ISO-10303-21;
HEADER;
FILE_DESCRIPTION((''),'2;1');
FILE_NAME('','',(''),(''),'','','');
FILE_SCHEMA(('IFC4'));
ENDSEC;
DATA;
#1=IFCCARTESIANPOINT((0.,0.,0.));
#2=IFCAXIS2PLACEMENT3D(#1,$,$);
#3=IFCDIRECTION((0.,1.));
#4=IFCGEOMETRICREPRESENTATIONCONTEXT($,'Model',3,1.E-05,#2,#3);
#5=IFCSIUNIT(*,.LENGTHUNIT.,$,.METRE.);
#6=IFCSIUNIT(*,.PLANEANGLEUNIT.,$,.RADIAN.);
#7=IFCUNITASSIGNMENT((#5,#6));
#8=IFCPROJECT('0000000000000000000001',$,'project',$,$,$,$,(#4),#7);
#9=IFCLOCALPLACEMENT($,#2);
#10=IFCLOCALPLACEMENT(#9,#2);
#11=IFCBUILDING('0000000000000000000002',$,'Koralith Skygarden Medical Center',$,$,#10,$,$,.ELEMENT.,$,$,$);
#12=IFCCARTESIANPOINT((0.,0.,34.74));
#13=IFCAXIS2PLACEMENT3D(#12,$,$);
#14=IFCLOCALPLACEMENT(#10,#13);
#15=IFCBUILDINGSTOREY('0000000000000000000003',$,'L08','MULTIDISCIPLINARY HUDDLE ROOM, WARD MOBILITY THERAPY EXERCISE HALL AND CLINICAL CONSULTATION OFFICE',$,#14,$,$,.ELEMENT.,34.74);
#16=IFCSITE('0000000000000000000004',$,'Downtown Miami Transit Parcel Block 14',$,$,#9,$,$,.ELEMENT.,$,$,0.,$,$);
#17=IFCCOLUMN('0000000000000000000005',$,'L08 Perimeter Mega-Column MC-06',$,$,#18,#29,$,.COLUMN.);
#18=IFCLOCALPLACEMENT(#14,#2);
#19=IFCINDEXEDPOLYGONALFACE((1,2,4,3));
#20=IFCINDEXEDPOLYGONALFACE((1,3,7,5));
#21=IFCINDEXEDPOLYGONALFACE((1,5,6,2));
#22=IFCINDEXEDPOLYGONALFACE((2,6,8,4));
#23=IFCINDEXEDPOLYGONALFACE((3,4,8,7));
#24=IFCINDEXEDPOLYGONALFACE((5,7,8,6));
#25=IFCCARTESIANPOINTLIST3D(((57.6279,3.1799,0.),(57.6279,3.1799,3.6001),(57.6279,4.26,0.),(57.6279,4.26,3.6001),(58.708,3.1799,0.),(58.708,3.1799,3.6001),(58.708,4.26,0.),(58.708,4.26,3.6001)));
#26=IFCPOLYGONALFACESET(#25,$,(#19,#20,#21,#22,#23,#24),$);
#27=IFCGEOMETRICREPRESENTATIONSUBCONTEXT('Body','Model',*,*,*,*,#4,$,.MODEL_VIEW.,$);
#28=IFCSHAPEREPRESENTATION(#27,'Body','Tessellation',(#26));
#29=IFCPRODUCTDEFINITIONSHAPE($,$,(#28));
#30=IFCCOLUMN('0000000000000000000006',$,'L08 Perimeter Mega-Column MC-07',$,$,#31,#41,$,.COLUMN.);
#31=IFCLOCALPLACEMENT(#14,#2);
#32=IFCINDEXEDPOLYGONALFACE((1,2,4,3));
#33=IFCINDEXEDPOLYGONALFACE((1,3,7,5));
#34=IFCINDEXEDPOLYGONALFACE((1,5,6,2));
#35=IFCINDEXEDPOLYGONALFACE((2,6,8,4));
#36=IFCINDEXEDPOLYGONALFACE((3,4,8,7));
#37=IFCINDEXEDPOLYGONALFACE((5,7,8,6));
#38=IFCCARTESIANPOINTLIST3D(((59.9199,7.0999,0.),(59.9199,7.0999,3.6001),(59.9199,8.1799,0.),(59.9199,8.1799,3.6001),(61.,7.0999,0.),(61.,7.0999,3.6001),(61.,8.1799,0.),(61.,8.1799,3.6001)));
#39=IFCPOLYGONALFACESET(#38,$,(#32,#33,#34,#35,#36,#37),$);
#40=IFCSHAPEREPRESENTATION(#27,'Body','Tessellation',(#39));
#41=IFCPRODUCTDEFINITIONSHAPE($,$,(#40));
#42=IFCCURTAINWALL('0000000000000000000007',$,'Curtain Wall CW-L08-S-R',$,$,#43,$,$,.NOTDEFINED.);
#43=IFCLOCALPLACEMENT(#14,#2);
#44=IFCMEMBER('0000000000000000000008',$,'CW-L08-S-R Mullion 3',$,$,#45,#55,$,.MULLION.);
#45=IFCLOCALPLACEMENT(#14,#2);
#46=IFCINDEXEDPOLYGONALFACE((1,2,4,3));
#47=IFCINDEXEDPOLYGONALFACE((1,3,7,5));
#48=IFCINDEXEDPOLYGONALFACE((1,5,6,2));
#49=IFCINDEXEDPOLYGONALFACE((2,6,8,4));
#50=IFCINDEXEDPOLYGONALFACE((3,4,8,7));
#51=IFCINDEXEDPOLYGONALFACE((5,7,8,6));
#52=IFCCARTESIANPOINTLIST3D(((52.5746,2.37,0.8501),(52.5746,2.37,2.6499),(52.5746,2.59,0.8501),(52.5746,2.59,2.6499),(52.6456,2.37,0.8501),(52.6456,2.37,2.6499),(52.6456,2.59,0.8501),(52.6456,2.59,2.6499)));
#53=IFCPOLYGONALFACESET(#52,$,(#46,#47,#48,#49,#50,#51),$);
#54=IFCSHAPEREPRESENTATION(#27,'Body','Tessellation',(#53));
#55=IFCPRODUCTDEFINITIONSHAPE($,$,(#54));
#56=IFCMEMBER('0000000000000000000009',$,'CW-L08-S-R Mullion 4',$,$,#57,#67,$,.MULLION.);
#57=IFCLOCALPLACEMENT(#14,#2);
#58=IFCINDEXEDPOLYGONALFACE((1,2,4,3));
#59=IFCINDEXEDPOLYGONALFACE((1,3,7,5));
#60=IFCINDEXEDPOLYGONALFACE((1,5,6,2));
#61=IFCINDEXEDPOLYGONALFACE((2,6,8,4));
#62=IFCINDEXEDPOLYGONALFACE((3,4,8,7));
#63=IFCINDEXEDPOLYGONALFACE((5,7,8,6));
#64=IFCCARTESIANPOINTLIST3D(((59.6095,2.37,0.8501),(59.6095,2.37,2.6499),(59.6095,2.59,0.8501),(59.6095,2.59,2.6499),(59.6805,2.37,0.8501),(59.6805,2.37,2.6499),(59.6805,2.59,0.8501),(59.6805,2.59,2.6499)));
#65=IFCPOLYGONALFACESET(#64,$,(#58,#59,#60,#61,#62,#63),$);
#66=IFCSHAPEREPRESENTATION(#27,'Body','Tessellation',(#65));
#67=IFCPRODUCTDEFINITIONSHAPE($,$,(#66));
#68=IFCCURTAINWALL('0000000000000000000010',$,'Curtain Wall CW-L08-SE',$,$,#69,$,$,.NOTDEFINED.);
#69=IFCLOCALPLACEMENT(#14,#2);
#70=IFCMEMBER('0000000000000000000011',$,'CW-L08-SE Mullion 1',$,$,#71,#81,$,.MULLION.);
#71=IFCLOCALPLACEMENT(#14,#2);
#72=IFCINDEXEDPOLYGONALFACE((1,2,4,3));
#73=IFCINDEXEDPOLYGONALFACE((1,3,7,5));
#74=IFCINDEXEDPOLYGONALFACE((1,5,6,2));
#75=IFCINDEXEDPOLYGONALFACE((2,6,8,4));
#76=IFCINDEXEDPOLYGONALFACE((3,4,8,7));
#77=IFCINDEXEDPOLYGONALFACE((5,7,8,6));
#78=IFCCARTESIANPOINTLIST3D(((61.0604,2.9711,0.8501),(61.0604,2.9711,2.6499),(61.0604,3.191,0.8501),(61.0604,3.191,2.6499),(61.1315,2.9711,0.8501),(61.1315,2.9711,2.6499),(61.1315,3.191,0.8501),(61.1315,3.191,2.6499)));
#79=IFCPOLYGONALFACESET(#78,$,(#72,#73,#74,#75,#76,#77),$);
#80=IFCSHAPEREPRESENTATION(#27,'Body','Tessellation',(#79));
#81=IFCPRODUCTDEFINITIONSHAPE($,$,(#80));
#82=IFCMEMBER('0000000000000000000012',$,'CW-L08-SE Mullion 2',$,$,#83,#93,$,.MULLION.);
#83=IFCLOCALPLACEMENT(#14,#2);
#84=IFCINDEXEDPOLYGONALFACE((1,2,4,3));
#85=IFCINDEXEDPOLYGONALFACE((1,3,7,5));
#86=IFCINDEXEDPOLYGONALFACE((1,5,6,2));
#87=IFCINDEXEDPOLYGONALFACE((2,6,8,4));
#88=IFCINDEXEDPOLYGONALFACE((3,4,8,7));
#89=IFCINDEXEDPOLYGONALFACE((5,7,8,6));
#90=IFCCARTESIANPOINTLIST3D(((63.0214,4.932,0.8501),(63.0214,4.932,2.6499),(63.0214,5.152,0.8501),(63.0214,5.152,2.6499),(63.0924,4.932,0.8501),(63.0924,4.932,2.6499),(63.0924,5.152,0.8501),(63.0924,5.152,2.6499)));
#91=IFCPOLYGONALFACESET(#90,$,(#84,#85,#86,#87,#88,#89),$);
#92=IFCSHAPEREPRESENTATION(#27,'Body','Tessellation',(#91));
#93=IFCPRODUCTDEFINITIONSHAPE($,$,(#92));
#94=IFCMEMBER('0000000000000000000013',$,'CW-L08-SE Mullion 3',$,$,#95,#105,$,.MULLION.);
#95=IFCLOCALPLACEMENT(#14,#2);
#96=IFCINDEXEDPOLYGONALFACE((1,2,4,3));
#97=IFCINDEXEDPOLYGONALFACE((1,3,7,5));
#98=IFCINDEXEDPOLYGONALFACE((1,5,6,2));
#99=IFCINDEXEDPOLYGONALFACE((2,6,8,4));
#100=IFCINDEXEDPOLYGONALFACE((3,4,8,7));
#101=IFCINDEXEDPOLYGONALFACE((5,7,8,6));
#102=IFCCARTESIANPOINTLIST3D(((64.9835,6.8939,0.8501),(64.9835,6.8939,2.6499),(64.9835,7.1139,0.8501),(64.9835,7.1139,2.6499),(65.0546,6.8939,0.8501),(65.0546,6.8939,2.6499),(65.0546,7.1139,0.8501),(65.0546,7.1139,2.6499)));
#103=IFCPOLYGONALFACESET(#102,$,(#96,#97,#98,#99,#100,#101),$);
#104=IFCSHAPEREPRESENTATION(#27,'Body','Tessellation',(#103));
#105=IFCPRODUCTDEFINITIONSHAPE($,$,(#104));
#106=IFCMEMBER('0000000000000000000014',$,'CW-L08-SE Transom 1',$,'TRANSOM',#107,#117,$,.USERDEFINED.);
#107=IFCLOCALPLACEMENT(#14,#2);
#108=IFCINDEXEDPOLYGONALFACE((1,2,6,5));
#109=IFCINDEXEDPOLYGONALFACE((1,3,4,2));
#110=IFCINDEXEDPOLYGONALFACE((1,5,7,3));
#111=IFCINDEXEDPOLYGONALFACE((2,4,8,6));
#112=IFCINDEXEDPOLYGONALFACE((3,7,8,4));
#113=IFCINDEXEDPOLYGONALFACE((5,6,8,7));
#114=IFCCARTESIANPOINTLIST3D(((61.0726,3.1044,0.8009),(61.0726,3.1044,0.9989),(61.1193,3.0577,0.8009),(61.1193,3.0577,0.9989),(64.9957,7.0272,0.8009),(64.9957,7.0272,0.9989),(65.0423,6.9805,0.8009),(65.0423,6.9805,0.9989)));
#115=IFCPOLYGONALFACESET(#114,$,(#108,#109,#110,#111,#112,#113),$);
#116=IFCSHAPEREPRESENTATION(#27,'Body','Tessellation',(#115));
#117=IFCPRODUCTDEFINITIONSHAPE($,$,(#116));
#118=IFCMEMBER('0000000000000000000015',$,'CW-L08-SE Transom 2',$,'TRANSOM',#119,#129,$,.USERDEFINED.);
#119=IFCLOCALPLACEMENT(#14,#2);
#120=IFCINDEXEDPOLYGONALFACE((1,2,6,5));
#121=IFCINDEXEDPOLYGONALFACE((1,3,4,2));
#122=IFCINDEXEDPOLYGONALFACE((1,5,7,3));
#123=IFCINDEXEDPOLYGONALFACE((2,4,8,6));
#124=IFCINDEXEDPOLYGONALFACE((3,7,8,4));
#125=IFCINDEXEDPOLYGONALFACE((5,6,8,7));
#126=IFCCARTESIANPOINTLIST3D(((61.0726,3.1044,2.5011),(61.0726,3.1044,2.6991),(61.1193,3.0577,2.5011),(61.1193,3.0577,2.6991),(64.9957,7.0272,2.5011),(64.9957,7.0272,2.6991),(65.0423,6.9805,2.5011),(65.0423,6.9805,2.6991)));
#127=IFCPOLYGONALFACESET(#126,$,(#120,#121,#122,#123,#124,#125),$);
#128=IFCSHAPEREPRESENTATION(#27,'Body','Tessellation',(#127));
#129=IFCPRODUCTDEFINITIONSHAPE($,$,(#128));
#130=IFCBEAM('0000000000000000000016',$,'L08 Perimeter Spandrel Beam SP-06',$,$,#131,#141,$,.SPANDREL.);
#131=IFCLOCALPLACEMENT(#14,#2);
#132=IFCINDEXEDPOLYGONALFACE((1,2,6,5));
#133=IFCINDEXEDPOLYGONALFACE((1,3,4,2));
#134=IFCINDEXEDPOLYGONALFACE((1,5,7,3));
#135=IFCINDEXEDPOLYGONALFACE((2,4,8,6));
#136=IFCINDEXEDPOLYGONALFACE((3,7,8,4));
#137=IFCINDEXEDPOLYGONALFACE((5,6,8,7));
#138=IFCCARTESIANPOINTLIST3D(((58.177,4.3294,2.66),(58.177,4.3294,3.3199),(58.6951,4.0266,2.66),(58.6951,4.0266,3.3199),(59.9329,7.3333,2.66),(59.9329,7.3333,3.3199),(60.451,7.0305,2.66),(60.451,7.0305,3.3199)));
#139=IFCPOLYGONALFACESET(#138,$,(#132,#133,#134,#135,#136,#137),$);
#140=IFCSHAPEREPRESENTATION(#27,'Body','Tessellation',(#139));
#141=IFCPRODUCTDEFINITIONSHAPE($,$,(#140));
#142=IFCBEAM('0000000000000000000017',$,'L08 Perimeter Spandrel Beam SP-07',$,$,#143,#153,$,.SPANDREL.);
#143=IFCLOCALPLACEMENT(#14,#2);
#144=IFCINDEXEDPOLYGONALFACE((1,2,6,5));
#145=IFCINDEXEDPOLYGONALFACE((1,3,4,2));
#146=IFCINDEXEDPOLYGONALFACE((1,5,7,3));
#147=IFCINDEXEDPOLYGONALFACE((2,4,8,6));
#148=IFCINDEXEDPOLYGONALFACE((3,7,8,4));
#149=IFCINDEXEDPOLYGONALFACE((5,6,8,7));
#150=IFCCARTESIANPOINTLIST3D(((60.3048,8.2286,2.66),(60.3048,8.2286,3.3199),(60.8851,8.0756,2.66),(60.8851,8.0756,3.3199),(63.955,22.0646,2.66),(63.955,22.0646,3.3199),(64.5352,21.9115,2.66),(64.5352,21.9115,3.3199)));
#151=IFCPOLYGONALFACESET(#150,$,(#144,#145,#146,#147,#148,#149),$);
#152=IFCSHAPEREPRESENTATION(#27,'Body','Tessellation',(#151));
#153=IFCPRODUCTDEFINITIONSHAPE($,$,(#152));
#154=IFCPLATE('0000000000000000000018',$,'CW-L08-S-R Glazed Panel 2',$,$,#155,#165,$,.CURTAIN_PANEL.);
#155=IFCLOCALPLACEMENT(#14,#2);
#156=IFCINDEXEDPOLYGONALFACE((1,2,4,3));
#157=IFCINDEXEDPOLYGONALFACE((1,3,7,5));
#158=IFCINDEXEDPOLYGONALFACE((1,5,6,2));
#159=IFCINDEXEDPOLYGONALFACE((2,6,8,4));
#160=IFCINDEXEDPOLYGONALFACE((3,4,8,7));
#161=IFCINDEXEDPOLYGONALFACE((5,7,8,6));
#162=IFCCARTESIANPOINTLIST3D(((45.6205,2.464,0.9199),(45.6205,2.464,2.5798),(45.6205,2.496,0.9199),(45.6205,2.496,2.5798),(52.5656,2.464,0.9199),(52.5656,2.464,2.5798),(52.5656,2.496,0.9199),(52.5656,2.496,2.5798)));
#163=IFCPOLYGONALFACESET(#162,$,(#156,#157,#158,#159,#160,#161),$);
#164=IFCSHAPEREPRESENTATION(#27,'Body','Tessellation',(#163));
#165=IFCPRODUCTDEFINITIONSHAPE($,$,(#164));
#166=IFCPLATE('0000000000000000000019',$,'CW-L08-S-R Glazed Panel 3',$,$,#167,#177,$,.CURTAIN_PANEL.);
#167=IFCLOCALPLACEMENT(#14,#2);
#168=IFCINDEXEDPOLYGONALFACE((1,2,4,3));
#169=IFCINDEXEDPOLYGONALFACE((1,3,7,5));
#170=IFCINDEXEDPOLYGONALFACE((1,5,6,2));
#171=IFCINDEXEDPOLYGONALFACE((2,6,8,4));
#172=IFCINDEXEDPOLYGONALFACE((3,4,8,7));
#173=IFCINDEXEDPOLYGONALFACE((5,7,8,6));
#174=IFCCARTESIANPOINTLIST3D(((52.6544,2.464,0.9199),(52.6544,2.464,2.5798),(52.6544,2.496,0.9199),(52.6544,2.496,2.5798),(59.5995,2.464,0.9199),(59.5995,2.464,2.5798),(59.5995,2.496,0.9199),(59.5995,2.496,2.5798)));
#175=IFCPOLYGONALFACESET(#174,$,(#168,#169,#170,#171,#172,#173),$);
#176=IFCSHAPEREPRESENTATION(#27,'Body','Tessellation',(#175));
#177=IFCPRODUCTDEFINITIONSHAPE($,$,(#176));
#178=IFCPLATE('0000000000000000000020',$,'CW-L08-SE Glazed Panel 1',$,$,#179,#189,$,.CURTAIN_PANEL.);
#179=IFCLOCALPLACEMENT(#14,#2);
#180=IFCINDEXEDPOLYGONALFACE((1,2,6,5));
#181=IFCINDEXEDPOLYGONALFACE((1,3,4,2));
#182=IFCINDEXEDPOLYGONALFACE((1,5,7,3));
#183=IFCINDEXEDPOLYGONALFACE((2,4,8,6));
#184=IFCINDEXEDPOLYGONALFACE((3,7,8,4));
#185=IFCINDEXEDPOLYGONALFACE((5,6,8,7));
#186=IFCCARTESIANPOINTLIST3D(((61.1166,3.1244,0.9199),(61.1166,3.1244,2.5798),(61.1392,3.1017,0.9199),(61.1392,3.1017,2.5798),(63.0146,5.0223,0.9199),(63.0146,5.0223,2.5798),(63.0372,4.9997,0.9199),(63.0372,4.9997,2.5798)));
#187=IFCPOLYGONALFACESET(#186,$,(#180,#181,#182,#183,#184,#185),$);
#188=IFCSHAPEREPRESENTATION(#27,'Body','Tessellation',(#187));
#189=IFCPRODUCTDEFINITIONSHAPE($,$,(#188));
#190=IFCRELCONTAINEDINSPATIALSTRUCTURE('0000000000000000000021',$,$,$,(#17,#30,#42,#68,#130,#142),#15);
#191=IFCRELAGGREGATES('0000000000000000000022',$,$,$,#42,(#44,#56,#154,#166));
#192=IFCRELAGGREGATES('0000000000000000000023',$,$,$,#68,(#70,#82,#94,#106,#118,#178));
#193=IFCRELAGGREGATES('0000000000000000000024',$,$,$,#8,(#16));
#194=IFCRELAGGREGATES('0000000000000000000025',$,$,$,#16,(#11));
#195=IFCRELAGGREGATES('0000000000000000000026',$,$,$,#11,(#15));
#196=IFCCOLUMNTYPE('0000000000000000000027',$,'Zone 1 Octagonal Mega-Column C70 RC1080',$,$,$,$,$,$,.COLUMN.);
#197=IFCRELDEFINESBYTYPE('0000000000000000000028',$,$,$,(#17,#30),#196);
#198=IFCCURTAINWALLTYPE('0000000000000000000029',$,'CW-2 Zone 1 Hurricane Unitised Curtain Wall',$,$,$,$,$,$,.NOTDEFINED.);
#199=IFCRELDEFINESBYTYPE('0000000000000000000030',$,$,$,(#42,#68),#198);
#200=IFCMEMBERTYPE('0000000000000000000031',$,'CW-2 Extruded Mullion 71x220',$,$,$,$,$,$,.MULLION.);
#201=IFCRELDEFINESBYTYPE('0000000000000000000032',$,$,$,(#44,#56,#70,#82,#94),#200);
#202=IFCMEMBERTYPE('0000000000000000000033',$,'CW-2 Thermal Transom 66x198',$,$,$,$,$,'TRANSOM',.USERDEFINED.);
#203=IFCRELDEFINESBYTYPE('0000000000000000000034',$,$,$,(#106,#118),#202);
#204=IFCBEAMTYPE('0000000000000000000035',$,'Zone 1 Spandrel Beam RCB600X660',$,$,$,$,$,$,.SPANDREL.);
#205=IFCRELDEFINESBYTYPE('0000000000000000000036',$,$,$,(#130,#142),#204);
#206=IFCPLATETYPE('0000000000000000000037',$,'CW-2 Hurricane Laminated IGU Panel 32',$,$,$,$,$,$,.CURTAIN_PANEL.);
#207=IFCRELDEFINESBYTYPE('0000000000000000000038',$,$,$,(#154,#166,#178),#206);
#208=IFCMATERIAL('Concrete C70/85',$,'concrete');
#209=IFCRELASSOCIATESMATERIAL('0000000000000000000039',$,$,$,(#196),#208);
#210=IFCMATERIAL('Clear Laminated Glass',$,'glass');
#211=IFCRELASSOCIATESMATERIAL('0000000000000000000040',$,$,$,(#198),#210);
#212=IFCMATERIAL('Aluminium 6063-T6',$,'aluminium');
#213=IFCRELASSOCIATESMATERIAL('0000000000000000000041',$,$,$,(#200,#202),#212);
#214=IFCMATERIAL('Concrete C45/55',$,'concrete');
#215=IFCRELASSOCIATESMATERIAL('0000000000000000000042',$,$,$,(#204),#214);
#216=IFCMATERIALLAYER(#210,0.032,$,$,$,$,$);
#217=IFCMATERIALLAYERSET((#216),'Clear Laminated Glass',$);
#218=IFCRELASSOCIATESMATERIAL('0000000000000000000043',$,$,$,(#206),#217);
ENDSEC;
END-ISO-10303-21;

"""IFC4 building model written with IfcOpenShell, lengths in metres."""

from ifc_helpers import new_model, si_unit, direction, frame, origin, origin_2d, place, context, subcontext, project, spatial, rectangle, extrude, material, layer, layer_set, material_profile, profile_set, type_object, element, aggregate, save


model = new_model("IFC4")

# Units and contexts
model_context = context("Model", 3, precision=1e-05, world=origin(), true_north=direction((0.0, 1.0)))
body_context = subcontext(model_context, "Body", "Model", "MODEL_VIEW")
ifc_project = project(units=[si_unit("LENGTHUNIT", "METRE"), si_unit("PLANEANGLEUNIT", "RADIAN")], contexts=[model_context])

# Site, building, storey
site_placement = place(None, origin())
site = spatial("IfcSite", under=ifc_project, at=site_placement, Name="Downtown Miami Transit Parcel Block 14", CompositionType="ELEMENT", RefElevation=0.0)
building_placement = place(site_placement, origin())
building = spatial("IfcBuilding", under=site, at=building_placement, Name="Koralith Skygarden Medical Center", CompositionType="ELEMENT")
storey_placement = place(building_placement, frame((0.0, 0.0, 34.74)))
storey = spatial("IfcBuildingStorey", under=building, at=storey_placement, Name="L08", Description="MULTIDISCIPLINARY HUDDLE ROOM, WARD MOBILITY THERAPY EXERCISE HALL AND CLINICAL CONSULTATION OFFICE", CompositionType="ELEMENT", Elevation=34.74)

# Columns
ifc_material_1 = material(Name="Concrete C70/85", Category="concrete")
ifc_material_profile_1 = material_profile(ifc_material_1, rectangle(XDim=1.0801, YDim=1.0801, at=origin_2d()), Name="RC1080X1080")
ifc_profile_set_1 = profile_set([ifc_material_profile_1], Name="Concrete C70/85")
column_type = type_object("IfcColumnType", Name="Zone 1 Octagonal Mega-Column C70 RC1080", PredefinedType="COLUMN", material=ifc_profile_set_1)
for number, where, z_axis, x_axis, name in (
    (1, (58.168, 3.72, 0.0), (0.0, 0.0, 1.0), (1.0, 0.0, 0.0), "L08 Perimeter Mega-Column MC-06"),
    (2, (60.46, 7.6399, 0.0), (0.0, 0.0, 1.0), (1.0, 0.0, 0.0), "L08 Perimeter Mega-Column MC-07"),
):
    element("IfcColumn", number, at=place(storey_placement, frame(where, z_axis=z_axis, x_axis=x_axis)), inside=storey, type_object=column_type, Name=name, PredefinedType="COLUMN", context=body_context, shape_type="SweptSolid", body=[
        extrude(rectangle(XDim=1.0801, YDim=1.0801, at=origin_2d()), origin(), (0.0, 0.0, 1.0), 3.6001),
    ])

# Curtain walls, members
ifc_material_2 = material(Name="Clear Laminated Glass", Category="glass")
curtain_wall_type = type_object("IfcCurtainWallType", Name="CW-2 Zone 1 Hurricane Unitised Curtain Wall", PredefinedType="NOTDEFINED", material=ifc_material_2)
curtain_wall_1_placement = place(storey_placement, origin())
curtain_wall_1 = element("IfcCurtainWall", 3, at=curtain_wall_1_placement, inside=storey, type_object=curtain_wall_type, Name="Curtain Wall CW-L08-S-R", PredefinedType="NOTDEFINED")
ifc_material_3 = material(Name="Aluminium 6063-T6", Category="aluminium")
ifc_material_profile_2 = material_profile(ifc_material_3, rectangle(XDim=0.071, YDim=0.22, at=origin_2d()), Name="MUL71X220")
ifc_profile_set_2 = profile_set([ifc_material_profile_2], Name="Aluminium 6063-T6")
member_type_1 = type_object("IfcMemberType", Name="CW-2 Extruded Mullion 71x220", PredefinedType="MULLION", material=ifc_profile_set_2)
member_1_placement = place(storey_placement, frame((52.6101, 2.48, 0.8501), z_axis=(0.0, 0.0, 1.0), x_axis=(1.0, 0.0, 0.0)))
member_1 = element("IfcMember", 4, at=member_1_placement, type_object=member_type_1, Name="CW-L08-S-R Mullion 3", PredefinedType="MULLION", context=body_context, shape_type="SweptSolid", body=[
    extrude(rectangle(XDim=0.071, YDim=0.22, at=origin_2d()), origin(), (0.0, 0.0, 1.0), 1.7998),
])
member_2_placement = place(storey_placement, frame((59.645, 2.48, 0.8501), z_axis=(0.0, 0.0, 1.0), x_axis=(1.0, 0.0, 0.0)))
member_2 = element("IfcMember", 5, at=member_2_placement, type_object=member_type_1, Name="CW-L08-S-R Mullion 4", PredefinedType="MULLION", context=body_context, shape_type="SweptSolid", body=[
    extrude(rectangle(XDim=0.071, YDim=0.22, at=origin_2d()), origin(), (0.0, 0.0, 1.0), 1.7998),
])
curtain_wall_2_placement = place(storey_placement, origin())
curtain_wall_2 = element("IfcCurtainWall", 6, at=curtain_wall_2_placement, inside=storey, type_object=curtain_wall_type, Name="Curtain Wall CW-L08-SE", PredefinedType="NOTDEFINED")
member_3_placement = place(storey_placement, frame((61.0959, 3.0811, 0.8501), z_axis=(0.0, 0.0, 1.0), x_axis=(1.0, 0.0, 0.0)))
member_3 = element("IfcMember", 7, at=member_3_placement, type_object=member_type_1, Name="CW-L08-SE Mullion 1", PredefinedType="MULLION", context=body_context, shape_type="SweptSolid", body=[
    extrude(rectangle(XDim=0.071, YDim=0.22, at=origin_2d()), origin(), (0.0, 0.0, 1.0), 1.7998),
])
member_4_placement = place(storey_placement, frame((63.0569, 5.042, 0.8501), z_axis=(0.0, 0.0, 1.0), x_axis=(1.0, 0.0, 0.0)))
member_4 = element("IfcMember", 8, at=member_4_placement, type_object=member_type_1, Name="CW-L08-SE Mullion 2", PredefinedType="MULLION", context=body_context, shape_type="SweptSolid", body=[
    extrude(rectangle(XDim=0.071, YDim=0.22, at=origin_2d()), origin(), (0.0, 0.0, 1.0), 1.7998),
])
member_5_placement = place(storey_placement, frame((65.019, 7.0039, 0.8501), z_axis=(0.0, 0.0, 1.0), x_axis=(1.0, 0.0, 0.0)))
member_5 = element("IfcMember", 9, at=member_5_placement, type_object=member_type_1, Name="CW-L08-SE Mullion 3", PredefinedType="MULLION", context=body_context, shape_type="SweptSolid", body=[
    extrude(rectangle(XDim=0.071, YDim=0.22, at=origin_2d()), origin(), (0.0, 0.0, 1.0), 1.7998),
])
ifc_material_profile_3 = material_profile(ifc_material_3, rectangle(XDim=0.0659, YDim=0.198, at=origin_2d()), Name="TRN66X198")
ifc_profile_set_3 = profile_set([ifc_material_profile_3], Name="Aluminium 6063-T6")
member_type_2 = type_object("IfcMemberType", Name="CW-2 Thermal Transom 66x198", ElementType="TRANSOM", PredefinedType="USERDEFINED", material=ifc_profile_set_3)
member_6_placement = place(storey_placement, frame((61.0959, 3.0811, 0.8999), z_axis=(0.707129, 0.707085, 0.0), x_axis=(-0.707085, 0.707129, 0.0)))
member_6 = element("IfcMember", 10, at=member_6_placement, type_object=member_type_2, Name="CW-L08-SE Transom 1", ObjectType="TRANSOM", PredefinedType="USERDEFINED", context=body_context, shape_type="SweptSolid", body=[
    extrude(rectangle(XDim=0.0659, YDim=0.198, at=origin_2d()), origin(), (0.0, 0.0, 1.0), 5.5479),
])
member_7_placement = place(storey_placement, frame((61.0959, 3.0811, 2.6001), z_axis=(0.707129, 0.707085, 0.0), x_axis=(-0.707085, 0.707129, 0.0)))
member_7 = element("IfcMember", 11, at=member_7_placement, type_object=member_type_2, Name="CW-L08-SE Transom 2", ObjectType="TRANSOM", PredefinedType="USERDEFINED", context=body_context, shape_type="SweptSolid", body=[
    extrude(rectangle(XDim=0.0659, YDim=0.198, at=origin_2d()), origin(), (0.0, 0.0, 1.0), 5.5479),
])

# Beams
ifc_material_4 = material(Name="Concrete C45/55", Category="concrete")
ifc_material_profile_4 = material_profile(ifc_material_4, rectangle(XDim=0.6001, YDim=0.6599, at=origin_2d()), Name="RCB600X660")
ifc_profile_set_4 = profile_set([ifc_material_profile_4], Name="Concrete C45/55")
beam_type = type_object("IfcBeamType", Name="Zone 1 Spandrel Beam RCB600X660", PredefinedType="SPANDREL", material=ifc_profile_set_4)
beam_1_placement = place(storey_placement, frame((58.436, 4.178, 2.99), z_axis=(0.504639, 0.863331, 0.0), x_axis=(-0.863331, 0.504639, 0.0)))
element("IfcBeam", 12, at=beam_1_placement, inside=storey, type_object=beam_type, Name="L08 Perimeter Spandrel Beam SP-06", PredefinedType="SPANDREL", context=body_context, shape_type="SweptSolid", body=[
    extrude(rectangle(XDim=0.6001, YDim=0.6599, at=origin_2d()), origin(), (0.0, 0.0, 1.0), 3.4795),
])
beam_2_placement = place(storey_placement, frame((60.595, 8.1521, 2.99), z_axis=(0.255089, 0.966918, 0.0), x_axis=(-0.966918, 0.255089, 0.0)))
element("IfcBeam", 13, at=beam_2_placement, inside=storey, type_object=beam_type, Name="L08 Perimeter Spandrel Beam SP-07", PredefinedType="SPANDREL", context=body_context, shape_type="SweptSolid", body=[
    extrude(rectangle(XDim=0.6001, YDim=0.6599, at=origin_2d()), origin(), (0.0, 0.0, 1.0), 14.3093),
])

# Plates
ifc_layer_1 = layer(ifc_material_2, 0.032)
ifc_layer_set_1 = layer_set([ifc_layer_1], Name="Clear Laminated Glass")
plate_type_1 = type_object("IfcPlateType", Name="CW-2 Hurricane Laminated IGU Panel 32", PredefinedType="CURTAIN_PANEL", material=ifc_layer_set_1)
plate_1_placement = place(storey_placement, frame((49.093, 2.48, 0.9199), z_axis=(0.0, 0.0, 1.0), x_axis=(1.0, 0.0, 0.0)))
plate_1 = element("IfcPlate", 14, at=plate_1_placement, type_object=plate_type_1, Name="CW-L08-S-R Glazed Panel 2", PredefinedType="CURTAIN_PANEL", context=body_context, shape_type="SweptSolid", body=[
    extrude(rectangle(XDim=6.9451, YDim=0.032, at=origin_2d()), origin(), (0.0, 0.0, 1.0), 1.6599),
])
plate_2_placement = place(storey_placement, frame((56.127, 2.48, 0.9199), z_axis=(0.0, 0.0, 1.0), x_axis=(1.0, 0.0, 0.0)))
plate_2 = element("IfcPlate", 15, at=plate_2_placement, type_object=plate_type_1, Name="CW-L08-S-R Glazed Panel 3", PredefinedType="CURTAIN_PANEL", context=body_context, shape_type="SweptSolid", body=[
    extrude(rectangle(XDim=6.9451, YDim=0.032, at=origin_2d()), origin(), (0.0, 0.0, 1.0), 1.6599),
])
aggregate(curtain_wall_1, [member_1, member_2, plate_1, plate_2])
plate_3_placement = place(storey_placement, frame((62.0769, 4.062, 0.9199), z_axis=(0.0, 0.0, 1.0), x_axis=(0.707107, 0.707107, 0.0)))
plate_3 = element("IfcPlate", 16, at=plate_3_placement, type_object=plate_type_1, Name="CW-L08-SE Glazed Panel 1", PredefinedType="CURTAIN_PANEL", context=body_context, shape_type="SweptSolid", body=[
    extrude(rectangle(XDim=2.6841, YDim=0.032, at=origin_2d()), origin(), (0.0, 0.0, 1.0), 1.6599),
])
aggregate(curtain_wall_2, [member_3, member_4, member_5, member_6, member_7, plate_3])

save(model, "model.ifc")
